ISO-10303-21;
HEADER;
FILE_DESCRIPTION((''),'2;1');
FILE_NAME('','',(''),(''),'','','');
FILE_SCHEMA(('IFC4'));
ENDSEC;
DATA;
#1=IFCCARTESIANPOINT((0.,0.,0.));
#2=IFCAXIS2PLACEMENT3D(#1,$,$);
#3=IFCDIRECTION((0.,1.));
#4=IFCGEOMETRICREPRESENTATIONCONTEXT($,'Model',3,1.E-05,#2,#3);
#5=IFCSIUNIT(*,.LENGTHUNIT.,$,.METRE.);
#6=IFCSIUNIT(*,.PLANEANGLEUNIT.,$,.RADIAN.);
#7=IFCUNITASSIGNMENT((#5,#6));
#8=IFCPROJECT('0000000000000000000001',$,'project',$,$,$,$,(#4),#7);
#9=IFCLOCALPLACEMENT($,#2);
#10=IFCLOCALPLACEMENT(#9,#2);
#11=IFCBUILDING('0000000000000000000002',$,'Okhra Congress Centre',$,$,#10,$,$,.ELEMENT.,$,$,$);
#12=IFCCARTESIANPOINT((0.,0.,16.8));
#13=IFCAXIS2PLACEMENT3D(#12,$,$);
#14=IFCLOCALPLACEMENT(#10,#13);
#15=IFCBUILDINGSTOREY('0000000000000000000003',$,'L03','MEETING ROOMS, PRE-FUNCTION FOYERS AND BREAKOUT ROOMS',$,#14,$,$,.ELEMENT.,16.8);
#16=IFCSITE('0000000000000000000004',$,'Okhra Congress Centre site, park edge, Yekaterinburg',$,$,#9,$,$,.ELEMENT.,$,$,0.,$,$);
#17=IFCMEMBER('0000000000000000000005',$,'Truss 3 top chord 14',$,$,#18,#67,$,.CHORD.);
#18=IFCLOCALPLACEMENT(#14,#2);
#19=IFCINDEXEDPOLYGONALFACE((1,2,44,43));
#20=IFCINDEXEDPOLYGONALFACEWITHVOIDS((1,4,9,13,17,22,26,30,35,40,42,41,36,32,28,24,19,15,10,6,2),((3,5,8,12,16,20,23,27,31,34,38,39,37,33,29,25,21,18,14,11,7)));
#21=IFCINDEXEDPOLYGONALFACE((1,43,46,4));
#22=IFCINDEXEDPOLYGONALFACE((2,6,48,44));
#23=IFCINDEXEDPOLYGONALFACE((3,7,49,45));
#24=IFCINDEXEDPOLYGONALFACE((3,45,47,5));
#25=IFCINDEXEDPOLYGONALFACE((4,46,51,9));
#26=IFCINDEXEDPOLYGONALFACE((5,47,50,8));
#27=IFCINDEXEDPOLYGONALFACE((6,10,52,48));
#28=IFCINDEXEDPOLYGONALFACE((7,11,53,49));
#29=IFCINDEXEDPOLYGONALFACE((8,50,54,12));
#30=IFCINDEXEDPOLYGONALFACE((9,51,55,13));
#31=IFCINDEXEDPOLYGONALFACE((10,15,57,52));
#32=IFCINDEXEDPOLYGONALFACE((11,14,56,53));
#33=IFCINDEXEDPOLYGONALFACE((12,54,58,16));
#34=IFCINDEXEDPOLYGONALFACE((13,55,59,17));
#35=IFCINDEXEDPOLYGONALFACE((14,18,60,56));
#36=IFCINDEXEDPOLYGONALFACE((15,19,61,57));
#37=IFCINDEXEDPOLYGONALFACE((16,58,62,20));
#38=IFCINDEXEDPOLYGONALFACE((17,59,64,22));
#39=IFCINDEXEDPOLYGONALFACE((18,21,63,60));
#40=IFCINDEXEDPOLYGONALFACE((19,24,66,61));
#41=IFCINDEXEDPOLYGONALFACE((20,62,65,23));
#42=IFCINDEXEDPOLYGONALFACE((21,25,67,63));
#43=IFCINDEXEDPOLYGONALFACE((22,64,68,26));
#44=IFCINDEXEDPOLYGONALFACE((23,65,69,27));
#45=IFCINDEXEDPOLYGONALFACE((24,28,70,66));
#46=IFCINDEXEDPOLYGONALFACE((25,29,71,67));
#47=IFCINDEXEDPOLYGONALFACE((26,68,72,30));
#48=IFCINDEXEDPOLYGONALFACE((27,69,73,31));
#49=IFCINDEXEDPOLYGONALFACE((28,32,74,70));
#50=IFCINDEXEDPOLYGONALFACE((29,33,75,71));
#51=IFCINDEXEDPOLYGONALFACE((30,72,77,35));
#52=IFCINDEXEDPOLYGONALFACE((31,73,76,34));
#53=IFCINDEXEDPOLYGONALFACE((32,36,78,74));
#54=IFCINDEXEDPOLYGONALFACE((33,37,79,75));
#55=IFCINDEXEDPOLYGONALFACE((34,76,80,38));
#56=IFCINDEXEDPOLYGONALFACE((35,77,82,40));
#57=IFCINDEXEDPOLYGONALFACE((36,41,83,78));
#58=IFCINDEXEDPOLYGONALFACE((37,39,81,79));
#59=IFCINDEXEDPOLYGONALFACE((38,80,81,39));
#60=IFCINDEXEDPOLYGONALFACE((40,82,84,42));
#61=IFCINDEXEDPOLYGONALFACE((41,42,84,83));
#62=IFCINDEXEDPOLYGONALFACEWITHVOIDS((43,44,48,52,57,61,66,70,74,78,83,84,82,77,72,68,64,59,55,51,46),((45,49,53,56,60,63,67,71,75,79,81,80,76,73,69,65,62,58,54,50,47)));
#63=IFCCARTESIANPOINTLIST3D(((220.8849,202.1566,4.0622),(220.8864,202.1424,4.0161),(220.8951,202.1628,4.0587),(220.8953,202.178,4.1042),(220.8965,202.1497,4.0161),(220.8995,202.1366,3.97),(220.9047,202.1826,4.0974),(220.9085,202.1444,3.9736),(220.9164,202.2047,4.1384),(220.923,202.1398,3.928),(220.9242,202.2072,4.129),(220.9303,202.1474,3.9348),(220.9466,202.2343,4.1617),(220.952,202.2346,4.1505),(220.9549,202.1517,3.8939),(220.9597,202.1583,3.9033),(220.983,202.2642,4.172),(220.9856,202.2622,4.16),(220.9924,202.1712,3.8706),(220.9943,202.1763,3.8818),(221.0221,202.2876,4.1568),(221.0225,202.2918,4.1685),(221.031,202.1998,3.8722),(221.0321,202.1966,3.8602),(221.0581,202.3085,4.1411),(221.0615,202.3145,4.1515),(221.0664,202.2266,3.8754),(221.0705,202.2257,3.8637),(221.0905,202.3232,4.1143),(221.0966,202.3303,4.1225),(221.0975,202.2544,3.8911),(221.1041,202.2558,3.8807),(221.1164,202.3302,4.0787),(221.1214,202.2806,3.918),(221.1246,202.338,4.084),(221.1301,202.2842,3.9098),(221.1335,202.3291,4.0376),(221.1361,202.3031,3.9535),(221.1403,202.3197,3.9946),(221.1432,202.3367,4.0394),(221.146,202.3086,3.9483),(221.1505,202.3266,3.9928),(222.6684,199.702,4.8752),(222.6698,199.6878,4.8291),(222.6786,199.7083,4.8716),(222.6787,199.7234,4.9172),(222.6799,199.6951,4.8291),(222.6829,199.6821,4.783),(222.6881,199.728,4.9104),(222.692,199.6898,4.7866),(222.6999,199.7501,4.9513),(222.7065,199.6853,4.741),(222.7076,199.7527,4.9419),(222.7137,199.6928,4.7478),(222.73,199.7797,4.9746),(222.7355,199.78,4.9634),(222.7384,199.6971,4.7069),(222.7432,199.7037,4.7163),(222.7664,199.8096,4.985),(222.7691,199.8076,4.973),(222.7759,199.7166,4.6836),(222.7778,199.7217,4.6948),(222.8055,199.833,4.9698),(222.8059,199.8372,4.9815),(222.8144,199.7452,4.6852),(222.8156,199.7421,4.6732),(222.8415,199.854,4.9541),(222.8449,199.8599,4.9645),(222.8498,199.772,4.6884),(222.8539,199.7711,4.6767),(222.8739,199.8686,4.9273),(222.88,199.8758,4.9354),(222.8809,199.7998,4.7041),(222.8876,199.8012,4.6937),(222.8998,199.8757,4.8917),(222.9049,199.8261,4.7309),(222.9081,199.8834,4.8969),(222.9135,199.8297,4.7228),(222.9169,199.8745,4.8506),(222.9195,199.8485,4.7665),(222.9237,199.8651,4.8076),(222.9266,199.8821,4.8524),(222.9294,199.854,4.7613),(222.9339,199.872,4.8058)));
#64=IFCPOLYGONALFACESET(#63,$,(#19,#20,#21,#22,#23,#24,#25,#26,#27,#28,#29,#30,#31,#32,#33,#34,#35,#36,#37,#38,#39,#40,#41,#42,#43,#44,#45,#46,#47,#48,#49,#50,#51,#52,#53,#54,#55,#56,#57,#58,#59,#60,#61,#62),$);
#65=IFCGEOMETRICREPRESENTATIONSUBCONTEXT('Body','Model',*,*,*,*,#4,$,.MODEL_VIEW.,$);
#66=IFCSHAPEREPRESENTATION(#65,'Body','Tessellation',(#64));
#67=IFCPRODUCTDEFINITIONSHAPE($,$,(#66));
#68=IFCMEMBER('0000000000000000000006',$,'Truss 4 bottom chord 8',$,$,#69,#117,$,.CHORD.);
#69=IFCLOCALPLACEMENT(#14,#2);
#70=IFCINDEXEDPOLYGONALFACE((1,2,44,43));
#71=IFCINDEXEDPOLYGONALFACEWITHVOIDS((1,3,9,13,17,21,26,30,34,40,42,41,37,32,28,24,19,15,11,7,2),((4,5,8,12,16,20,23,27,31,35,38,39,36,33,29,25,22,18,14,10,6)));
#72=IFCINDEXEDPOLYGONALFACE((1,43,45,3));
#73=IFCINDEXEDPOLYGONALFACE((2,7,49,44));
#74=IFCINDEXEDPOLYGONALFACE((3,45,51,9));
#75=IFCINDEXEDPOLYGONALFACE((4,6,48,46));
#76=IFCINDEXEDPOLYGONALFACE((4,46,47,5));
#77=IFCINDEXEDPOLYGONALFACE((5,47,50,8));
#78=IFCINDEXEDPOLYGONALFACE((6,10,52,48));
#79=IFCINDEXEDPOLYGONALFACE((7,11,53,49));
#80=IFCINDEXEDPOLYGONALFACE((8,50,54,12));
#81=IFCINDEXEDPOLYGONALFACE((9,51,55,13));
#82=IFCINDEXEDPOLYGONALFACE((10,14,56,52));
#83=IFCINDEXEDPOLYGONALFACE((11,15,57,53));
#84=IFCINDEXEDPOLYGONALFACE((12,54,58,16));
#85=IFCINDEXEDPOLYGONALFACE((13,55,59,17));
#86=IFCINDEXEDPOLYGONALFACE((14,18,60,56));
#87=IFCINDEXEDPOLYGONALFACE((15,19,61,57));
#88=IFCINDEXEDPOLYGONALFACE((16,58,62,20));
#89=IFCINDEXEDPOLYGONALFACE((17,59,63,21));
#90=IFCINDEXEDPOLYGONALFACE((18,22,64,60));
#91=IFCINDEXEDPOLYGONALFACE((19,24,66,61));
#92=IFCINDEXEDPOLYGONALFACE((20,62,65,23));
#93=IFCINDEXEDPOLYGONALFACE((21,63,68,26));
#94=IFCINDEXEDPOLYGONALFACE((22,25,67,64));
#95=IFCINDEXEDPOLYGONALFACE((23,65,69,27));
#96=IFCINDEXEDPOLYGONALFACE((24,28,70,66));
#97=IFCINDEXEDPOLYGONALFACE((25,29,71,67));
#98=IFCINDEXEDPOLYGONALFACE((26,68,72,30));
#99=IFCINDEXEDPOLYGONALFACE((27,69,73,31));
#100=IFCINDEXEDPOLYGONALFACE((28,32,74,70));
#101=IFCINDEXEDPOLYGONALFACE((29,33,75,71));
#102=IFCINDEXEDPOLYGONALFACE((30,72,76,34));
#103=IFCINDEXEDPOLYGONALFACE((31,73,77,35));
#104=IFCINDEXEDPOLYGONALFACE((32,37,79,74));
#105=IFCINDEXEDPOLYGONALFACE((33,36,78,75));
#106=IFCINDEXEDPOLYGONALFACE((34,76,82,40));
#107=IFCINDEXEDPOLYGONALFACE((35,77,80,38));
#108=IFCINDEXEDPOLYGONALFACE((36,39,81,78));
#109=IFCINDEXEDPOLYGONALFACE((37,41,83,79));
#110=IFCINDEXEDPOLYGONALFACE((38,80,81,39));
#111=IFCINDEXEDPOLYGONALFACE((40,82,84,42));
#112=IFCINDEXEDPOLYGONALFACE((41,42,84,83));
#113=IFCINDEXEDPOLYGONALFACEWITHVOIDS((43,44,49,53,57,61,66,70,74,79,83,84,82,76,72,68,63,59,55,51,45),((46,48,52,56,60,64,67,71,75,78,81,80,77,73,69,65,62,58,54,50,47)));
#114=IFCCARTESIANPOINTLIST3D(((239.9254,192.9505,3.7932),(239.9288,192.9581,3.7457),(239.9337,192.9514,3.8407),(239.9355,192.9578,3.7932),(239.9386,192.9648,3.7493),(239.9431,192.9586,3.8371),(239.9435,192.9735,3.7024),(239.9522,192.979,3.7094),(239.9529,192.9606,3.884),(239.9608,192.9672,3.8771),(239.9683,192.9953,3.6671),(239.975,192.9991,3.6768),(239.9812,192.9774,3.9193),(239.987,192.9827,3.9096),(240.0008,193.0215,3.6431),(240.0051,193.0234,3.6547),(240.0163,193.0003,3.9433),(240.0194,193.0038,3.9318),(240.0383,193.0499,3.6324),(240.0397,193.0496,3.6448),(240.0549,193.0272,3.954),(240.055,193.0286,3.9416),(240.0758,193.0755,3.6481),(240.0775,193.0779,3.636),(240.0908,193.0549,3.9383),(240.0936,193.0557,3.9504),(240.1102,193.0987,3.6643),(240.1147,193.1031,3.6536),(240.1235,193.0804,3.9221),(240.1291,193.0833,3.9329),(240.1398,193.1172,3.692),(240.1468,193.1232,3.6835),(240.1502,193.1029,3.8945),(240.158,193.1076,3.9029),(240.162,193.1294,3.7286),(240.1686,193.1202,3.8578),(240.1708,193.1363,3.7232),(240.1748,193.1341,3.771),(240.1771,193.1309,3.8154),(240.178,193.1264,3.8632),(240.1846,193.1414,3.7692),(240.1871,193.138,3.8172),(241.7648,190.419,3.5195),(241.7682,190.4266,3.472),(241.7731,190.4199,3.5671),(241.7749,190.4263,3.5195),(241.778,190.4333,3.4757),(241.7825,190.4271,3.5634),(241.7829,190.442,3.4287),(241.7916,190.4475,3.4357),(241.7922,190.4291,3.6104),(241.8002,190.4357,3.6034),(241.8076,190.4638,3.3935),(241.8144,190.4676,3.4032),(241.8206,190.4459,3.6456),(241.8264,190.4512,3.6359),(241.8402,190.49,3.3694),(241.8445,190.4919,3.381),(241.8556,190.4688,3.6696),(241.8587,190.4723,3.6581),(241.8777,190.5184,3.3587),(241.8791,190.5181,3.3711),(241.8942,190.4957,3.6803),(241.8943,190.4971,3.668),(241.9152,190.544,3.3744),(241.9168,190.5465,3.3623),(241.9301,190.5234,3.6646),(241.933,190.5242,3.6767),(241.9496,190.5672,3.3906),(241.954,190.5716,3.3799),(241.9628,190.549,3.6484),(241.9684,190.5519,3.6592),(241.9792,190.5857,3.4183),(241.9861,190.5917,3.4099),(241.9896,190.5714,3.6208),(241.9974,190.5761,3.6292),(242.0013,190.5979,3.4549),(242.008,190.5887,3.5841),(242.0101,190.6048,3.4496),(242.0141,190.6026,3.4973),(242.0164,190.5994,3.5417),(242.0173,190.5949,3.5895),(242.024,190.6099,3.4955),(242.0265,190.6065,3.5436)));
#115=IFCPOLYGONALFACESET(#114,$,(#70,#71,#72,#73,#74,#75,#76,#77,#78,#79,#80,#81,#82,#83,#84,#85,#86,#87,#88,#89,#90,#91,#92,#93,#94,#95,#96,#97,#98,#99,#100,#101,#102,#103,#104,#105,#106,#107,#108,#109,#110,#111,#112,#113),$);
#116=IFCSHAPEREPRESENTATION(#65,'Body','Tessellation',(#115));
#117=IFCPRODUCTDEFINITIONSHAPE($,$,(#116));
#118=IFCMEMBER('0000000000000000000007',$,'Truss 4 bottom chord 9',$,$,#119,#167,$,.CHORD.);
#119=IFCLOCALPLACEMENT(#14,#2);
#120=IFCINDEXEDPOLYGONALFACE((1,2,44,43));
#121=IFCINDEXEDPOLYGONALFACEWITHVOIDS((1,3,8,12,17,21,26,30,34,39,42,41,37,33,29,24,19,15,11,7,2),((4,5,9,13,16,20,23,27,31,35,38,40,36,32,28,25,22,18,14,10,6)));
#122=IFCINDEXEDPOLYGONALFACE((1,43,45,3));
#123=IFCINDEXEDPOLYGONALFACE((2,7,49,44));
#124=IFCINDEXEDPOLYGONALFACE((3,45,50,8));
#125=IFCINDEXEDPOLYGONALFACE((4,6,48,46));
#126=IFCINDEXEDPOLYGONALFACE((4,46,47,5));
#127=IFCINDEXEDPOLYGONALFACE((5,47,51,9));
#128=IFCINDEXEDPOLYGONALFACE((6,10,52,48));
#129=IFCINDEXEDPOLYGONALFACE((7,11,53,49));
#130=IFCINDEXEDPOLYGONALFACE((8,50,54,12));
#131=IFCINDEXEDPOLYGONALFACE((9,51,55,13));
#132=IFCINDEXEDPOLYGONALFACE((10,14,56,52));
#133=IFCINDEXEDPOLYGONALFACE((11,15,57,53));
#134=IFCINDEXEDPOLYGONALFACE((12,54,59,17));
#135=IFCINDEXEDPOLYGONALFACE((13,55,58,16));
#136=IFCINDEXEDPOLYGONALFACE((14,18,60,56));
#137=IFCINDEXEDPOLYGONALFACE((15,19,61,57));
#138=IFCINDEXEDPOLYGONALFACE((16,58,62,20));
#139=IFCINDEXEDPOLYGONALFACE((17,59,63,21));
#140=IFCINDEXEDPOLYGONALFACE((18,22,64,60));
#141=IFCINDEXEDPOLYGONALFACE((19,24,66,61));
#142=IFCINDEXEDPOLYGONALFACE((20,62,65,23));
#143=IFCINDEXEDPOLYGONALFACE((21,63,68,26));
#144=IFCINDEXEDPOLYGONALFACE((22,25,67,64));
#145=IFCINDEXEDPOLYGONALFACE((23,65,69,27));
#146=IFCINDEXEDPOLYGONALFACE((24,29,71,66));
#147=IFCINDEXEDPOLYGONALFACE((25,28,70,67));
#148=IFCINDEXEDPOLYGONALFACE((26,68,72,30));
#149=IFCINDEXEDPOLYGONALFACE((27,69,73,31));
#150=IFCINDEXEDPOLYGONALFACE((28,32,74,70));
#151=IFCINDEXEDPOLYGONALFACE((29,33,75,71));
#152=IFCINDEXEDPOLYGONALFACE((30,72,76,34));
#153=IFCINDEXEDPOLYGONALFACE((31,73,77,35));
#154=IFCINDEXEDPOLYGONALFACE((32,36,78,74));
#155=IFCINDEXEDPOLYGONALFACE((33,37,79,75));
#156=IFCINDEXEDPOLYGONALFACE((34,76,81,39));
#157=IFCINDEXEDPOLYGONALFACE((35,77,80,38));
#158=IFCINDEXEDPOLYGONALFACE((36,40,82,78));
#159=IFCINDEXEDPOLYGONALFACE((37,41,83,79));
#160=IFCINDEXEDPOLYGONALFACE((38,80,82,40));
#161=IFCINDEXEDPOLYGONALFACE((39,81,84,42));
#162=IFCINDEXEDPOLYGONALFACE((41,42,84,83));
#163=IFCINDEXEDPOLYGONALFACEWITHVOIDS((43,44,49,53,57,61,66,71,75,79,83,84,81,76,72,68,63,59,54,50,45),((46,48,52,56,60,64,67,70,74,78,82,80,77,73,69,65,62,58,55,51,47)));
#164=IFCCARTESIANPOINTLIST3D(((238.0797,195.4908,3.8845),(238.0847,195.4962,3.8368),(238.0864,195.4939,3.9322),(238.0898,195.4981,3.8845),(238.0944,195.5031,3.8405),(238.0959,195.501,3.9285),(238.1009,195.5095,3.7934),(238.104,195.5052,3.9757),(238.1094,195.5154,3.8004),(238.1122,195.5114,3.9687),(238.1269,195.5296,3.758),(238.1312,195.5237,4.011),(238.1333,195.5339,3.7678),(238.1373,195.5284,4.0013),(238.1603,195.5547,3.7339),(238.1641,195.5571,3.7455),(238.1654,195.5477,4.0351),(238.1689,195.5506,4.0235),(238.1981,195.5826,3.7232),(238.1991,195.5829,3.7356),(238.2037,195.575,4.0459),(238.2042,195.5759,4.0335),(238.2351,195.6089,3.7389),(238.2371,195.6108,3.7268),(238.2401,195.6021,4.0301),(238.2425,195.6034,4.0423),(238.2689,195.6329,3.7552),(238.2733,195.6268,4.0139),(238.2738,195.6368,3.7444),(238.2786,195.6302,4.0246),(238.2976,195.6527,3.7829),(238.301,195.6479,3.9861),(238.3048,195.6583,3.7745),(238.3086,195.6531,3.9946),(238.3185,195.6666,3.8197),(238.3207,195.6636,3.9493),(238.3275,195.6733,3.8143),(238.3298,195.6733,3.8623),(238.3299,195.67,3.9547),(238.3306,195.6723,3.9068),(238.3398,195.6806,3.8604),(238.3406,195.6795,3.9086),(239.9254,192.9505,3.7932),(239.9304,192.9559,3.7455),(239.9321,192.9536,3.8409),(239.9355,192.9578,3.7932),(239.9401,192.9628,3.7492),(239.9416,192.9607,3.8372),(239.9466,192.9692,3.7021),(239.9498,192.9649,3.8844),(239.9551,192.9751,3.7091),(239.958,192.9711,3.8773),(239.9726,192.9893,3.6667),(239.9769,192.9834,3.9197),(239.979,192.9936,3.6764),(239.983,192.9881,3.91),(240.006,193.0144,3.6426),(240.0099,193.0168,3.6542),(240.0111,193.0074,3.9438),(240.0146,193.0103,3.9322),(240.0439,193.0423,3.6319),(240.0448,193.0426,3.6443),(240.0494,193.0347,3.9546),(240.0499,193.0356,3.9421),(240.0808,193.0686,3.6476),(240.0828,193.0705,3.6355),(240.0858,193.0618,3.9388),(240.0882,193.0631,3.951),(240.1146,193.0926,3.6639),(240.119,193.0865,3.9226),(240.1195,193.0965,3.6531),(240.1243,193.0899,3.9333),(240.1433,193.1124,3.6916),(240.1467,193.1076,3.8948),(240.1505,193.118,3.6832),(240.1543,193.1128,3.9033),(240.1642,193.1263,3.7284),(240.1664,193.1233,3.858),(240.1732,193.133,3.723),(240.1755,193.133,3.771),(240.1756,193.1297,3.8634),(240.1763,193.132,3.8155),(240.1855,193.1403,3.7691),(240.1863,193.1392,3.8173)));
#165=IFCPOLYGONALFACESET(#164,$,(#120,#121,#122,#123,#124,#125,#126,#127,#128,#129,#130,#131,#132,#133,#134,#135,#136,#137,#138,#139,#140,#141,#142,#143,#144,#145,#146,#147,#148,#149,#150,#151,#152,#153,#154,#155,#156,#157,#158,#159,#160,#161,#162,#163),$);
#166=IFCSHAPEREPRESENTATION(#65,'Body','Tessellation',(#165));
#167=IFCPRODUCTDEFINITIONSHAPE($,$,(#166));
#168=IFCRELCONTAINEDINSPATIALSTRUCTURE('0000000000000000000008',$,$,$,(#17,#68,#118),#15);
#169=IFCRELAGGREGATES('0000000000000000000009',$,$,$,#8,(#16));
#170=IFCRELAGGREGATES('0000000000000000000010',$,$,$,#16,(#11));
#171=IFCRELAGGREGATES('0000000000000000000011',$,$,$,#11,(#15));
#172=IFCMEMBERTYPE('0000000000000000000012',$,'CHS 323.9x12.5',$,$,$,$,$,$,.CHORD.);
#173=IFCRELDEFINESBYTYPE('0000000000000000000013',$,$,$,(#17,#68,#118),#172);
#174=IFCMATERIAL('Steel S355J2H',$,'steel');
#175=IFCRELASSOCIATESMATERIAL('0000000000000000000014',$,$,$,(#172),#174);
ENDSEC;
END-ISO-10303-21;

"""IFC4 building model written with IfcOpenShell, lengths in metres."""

from ifc_helpers import new_model, si_unit, direction, frame, origin, origin_2d, place, context, subcontext, project, spatial, hollow_circle, extrude, material, material_profile, profile_set, type_object, element, save


model = new_model("IFC4")

# Units and contexts
model_context = context("Model", 3, precision=1e-05, world=origin(), true_north=direction((0.0, 1.0)))
body_context = subcontext(model_context, "Body", "Model", "MODEL_VIEW")
ifc_project = project(units=[si_unit("LENGTHUNIT", "METRE"), si_unit("PLANEANGLEUNIT", "RADIAN")], contexts=[model_context])

# Site, building, storey
site_placement = place(None, origin())
site = spatial("IfcSite", under=ifc_project, at=site_placement, Name="Okhra Congress Centre site, park edge, Yekaterinburg", CompositionType="ELEMENT", RefElevation=0.0)
building_placement = place(site_placement, origin())
building = spatial("IfcBuilding", under=site, at=building_placement, Name="Okhra Congress Centre", CompositionType="ELEMENT")
storey_placement = place(building_placement, frame((0.0, 0.0, 16.8)))
storey = spatial("IfcBuildingStorey", under=building, at=storey_placement, Name="L03", Description="MEETING ROOMS, PRE-FUNCTION FOYERS AND BREAKOUT ROOMS", CompositionType="ELEMENT", Elevation=16.8)

# Members
ifc_material_1 = material(Name="Steel S355J2H", Category="steel")
ifc_material_profile_1 = material_profile(ifc_material_1, hollow_circle(Radius=0.1619, WallThickness=0.0125, at=origin_2d()), Name="CHS 323.9x12.5")
ifc_profile_set_1 = profile_set([ifc_material_profile_1], Name="Steel S355J2H")
member_type_1 = type_object("IfcMemberType", Name="CHS 323.9x12.5", PredefinedType="CHORD", material=ifc_profile_set_1)
for number, where, z_axis, x_axis, name in (
    (1, (222.8008, 199.783, 4.8291), (-0.567774, 0.781437, -0.258821), (-0.809004, -0.587803, 0.0), "Truss 3 top chord 14"),
    (2, (241.8958, 190.5142, 3.5195), (-0.585574, 0.805923, 0.087129), (-0.808999, -0.58781, 0.0), "Truss 4 bottom chord 8"),
):
    element("IfcMember", number, at=place(storey_placement, frame(where, z_axis=z_axis, x_axis=x_axis)), inside=storey, type_object=member_type_1, Name=name, PredefinedType="CHORD", context=body_context, shape_type="SweptSolid", body=[
        extrude(hollow_circle(Radius=0.1619, WallThickness=0.0125, at=origin_2d()), origin(), (0.0, 0.0, 1.0), 3.1411),
    ])
member_1_placement = place(storey_placement, frame((240.0564, 193.0457, 3.7932), z_axis=(-0.587553, 0.808663, 0.029067), x_axis=(-0.809005, -0.587802, 0.0)))
element("IfcMember", 3, at=member_1_placement, inside=storey, type_object=member_type_1, Name="Truss 4 bottom chord 9", PredefinedType="CHORD", context=body_context, shape_type="SweptSolid", body=[
    extrude(hollow_circle(Radius=0.1619, WallThickness=0.0125, at=origin_2d()), origin(), (0.0, 0.0, 1.0), 3.1414),
])

save(model, "model.ifc")
